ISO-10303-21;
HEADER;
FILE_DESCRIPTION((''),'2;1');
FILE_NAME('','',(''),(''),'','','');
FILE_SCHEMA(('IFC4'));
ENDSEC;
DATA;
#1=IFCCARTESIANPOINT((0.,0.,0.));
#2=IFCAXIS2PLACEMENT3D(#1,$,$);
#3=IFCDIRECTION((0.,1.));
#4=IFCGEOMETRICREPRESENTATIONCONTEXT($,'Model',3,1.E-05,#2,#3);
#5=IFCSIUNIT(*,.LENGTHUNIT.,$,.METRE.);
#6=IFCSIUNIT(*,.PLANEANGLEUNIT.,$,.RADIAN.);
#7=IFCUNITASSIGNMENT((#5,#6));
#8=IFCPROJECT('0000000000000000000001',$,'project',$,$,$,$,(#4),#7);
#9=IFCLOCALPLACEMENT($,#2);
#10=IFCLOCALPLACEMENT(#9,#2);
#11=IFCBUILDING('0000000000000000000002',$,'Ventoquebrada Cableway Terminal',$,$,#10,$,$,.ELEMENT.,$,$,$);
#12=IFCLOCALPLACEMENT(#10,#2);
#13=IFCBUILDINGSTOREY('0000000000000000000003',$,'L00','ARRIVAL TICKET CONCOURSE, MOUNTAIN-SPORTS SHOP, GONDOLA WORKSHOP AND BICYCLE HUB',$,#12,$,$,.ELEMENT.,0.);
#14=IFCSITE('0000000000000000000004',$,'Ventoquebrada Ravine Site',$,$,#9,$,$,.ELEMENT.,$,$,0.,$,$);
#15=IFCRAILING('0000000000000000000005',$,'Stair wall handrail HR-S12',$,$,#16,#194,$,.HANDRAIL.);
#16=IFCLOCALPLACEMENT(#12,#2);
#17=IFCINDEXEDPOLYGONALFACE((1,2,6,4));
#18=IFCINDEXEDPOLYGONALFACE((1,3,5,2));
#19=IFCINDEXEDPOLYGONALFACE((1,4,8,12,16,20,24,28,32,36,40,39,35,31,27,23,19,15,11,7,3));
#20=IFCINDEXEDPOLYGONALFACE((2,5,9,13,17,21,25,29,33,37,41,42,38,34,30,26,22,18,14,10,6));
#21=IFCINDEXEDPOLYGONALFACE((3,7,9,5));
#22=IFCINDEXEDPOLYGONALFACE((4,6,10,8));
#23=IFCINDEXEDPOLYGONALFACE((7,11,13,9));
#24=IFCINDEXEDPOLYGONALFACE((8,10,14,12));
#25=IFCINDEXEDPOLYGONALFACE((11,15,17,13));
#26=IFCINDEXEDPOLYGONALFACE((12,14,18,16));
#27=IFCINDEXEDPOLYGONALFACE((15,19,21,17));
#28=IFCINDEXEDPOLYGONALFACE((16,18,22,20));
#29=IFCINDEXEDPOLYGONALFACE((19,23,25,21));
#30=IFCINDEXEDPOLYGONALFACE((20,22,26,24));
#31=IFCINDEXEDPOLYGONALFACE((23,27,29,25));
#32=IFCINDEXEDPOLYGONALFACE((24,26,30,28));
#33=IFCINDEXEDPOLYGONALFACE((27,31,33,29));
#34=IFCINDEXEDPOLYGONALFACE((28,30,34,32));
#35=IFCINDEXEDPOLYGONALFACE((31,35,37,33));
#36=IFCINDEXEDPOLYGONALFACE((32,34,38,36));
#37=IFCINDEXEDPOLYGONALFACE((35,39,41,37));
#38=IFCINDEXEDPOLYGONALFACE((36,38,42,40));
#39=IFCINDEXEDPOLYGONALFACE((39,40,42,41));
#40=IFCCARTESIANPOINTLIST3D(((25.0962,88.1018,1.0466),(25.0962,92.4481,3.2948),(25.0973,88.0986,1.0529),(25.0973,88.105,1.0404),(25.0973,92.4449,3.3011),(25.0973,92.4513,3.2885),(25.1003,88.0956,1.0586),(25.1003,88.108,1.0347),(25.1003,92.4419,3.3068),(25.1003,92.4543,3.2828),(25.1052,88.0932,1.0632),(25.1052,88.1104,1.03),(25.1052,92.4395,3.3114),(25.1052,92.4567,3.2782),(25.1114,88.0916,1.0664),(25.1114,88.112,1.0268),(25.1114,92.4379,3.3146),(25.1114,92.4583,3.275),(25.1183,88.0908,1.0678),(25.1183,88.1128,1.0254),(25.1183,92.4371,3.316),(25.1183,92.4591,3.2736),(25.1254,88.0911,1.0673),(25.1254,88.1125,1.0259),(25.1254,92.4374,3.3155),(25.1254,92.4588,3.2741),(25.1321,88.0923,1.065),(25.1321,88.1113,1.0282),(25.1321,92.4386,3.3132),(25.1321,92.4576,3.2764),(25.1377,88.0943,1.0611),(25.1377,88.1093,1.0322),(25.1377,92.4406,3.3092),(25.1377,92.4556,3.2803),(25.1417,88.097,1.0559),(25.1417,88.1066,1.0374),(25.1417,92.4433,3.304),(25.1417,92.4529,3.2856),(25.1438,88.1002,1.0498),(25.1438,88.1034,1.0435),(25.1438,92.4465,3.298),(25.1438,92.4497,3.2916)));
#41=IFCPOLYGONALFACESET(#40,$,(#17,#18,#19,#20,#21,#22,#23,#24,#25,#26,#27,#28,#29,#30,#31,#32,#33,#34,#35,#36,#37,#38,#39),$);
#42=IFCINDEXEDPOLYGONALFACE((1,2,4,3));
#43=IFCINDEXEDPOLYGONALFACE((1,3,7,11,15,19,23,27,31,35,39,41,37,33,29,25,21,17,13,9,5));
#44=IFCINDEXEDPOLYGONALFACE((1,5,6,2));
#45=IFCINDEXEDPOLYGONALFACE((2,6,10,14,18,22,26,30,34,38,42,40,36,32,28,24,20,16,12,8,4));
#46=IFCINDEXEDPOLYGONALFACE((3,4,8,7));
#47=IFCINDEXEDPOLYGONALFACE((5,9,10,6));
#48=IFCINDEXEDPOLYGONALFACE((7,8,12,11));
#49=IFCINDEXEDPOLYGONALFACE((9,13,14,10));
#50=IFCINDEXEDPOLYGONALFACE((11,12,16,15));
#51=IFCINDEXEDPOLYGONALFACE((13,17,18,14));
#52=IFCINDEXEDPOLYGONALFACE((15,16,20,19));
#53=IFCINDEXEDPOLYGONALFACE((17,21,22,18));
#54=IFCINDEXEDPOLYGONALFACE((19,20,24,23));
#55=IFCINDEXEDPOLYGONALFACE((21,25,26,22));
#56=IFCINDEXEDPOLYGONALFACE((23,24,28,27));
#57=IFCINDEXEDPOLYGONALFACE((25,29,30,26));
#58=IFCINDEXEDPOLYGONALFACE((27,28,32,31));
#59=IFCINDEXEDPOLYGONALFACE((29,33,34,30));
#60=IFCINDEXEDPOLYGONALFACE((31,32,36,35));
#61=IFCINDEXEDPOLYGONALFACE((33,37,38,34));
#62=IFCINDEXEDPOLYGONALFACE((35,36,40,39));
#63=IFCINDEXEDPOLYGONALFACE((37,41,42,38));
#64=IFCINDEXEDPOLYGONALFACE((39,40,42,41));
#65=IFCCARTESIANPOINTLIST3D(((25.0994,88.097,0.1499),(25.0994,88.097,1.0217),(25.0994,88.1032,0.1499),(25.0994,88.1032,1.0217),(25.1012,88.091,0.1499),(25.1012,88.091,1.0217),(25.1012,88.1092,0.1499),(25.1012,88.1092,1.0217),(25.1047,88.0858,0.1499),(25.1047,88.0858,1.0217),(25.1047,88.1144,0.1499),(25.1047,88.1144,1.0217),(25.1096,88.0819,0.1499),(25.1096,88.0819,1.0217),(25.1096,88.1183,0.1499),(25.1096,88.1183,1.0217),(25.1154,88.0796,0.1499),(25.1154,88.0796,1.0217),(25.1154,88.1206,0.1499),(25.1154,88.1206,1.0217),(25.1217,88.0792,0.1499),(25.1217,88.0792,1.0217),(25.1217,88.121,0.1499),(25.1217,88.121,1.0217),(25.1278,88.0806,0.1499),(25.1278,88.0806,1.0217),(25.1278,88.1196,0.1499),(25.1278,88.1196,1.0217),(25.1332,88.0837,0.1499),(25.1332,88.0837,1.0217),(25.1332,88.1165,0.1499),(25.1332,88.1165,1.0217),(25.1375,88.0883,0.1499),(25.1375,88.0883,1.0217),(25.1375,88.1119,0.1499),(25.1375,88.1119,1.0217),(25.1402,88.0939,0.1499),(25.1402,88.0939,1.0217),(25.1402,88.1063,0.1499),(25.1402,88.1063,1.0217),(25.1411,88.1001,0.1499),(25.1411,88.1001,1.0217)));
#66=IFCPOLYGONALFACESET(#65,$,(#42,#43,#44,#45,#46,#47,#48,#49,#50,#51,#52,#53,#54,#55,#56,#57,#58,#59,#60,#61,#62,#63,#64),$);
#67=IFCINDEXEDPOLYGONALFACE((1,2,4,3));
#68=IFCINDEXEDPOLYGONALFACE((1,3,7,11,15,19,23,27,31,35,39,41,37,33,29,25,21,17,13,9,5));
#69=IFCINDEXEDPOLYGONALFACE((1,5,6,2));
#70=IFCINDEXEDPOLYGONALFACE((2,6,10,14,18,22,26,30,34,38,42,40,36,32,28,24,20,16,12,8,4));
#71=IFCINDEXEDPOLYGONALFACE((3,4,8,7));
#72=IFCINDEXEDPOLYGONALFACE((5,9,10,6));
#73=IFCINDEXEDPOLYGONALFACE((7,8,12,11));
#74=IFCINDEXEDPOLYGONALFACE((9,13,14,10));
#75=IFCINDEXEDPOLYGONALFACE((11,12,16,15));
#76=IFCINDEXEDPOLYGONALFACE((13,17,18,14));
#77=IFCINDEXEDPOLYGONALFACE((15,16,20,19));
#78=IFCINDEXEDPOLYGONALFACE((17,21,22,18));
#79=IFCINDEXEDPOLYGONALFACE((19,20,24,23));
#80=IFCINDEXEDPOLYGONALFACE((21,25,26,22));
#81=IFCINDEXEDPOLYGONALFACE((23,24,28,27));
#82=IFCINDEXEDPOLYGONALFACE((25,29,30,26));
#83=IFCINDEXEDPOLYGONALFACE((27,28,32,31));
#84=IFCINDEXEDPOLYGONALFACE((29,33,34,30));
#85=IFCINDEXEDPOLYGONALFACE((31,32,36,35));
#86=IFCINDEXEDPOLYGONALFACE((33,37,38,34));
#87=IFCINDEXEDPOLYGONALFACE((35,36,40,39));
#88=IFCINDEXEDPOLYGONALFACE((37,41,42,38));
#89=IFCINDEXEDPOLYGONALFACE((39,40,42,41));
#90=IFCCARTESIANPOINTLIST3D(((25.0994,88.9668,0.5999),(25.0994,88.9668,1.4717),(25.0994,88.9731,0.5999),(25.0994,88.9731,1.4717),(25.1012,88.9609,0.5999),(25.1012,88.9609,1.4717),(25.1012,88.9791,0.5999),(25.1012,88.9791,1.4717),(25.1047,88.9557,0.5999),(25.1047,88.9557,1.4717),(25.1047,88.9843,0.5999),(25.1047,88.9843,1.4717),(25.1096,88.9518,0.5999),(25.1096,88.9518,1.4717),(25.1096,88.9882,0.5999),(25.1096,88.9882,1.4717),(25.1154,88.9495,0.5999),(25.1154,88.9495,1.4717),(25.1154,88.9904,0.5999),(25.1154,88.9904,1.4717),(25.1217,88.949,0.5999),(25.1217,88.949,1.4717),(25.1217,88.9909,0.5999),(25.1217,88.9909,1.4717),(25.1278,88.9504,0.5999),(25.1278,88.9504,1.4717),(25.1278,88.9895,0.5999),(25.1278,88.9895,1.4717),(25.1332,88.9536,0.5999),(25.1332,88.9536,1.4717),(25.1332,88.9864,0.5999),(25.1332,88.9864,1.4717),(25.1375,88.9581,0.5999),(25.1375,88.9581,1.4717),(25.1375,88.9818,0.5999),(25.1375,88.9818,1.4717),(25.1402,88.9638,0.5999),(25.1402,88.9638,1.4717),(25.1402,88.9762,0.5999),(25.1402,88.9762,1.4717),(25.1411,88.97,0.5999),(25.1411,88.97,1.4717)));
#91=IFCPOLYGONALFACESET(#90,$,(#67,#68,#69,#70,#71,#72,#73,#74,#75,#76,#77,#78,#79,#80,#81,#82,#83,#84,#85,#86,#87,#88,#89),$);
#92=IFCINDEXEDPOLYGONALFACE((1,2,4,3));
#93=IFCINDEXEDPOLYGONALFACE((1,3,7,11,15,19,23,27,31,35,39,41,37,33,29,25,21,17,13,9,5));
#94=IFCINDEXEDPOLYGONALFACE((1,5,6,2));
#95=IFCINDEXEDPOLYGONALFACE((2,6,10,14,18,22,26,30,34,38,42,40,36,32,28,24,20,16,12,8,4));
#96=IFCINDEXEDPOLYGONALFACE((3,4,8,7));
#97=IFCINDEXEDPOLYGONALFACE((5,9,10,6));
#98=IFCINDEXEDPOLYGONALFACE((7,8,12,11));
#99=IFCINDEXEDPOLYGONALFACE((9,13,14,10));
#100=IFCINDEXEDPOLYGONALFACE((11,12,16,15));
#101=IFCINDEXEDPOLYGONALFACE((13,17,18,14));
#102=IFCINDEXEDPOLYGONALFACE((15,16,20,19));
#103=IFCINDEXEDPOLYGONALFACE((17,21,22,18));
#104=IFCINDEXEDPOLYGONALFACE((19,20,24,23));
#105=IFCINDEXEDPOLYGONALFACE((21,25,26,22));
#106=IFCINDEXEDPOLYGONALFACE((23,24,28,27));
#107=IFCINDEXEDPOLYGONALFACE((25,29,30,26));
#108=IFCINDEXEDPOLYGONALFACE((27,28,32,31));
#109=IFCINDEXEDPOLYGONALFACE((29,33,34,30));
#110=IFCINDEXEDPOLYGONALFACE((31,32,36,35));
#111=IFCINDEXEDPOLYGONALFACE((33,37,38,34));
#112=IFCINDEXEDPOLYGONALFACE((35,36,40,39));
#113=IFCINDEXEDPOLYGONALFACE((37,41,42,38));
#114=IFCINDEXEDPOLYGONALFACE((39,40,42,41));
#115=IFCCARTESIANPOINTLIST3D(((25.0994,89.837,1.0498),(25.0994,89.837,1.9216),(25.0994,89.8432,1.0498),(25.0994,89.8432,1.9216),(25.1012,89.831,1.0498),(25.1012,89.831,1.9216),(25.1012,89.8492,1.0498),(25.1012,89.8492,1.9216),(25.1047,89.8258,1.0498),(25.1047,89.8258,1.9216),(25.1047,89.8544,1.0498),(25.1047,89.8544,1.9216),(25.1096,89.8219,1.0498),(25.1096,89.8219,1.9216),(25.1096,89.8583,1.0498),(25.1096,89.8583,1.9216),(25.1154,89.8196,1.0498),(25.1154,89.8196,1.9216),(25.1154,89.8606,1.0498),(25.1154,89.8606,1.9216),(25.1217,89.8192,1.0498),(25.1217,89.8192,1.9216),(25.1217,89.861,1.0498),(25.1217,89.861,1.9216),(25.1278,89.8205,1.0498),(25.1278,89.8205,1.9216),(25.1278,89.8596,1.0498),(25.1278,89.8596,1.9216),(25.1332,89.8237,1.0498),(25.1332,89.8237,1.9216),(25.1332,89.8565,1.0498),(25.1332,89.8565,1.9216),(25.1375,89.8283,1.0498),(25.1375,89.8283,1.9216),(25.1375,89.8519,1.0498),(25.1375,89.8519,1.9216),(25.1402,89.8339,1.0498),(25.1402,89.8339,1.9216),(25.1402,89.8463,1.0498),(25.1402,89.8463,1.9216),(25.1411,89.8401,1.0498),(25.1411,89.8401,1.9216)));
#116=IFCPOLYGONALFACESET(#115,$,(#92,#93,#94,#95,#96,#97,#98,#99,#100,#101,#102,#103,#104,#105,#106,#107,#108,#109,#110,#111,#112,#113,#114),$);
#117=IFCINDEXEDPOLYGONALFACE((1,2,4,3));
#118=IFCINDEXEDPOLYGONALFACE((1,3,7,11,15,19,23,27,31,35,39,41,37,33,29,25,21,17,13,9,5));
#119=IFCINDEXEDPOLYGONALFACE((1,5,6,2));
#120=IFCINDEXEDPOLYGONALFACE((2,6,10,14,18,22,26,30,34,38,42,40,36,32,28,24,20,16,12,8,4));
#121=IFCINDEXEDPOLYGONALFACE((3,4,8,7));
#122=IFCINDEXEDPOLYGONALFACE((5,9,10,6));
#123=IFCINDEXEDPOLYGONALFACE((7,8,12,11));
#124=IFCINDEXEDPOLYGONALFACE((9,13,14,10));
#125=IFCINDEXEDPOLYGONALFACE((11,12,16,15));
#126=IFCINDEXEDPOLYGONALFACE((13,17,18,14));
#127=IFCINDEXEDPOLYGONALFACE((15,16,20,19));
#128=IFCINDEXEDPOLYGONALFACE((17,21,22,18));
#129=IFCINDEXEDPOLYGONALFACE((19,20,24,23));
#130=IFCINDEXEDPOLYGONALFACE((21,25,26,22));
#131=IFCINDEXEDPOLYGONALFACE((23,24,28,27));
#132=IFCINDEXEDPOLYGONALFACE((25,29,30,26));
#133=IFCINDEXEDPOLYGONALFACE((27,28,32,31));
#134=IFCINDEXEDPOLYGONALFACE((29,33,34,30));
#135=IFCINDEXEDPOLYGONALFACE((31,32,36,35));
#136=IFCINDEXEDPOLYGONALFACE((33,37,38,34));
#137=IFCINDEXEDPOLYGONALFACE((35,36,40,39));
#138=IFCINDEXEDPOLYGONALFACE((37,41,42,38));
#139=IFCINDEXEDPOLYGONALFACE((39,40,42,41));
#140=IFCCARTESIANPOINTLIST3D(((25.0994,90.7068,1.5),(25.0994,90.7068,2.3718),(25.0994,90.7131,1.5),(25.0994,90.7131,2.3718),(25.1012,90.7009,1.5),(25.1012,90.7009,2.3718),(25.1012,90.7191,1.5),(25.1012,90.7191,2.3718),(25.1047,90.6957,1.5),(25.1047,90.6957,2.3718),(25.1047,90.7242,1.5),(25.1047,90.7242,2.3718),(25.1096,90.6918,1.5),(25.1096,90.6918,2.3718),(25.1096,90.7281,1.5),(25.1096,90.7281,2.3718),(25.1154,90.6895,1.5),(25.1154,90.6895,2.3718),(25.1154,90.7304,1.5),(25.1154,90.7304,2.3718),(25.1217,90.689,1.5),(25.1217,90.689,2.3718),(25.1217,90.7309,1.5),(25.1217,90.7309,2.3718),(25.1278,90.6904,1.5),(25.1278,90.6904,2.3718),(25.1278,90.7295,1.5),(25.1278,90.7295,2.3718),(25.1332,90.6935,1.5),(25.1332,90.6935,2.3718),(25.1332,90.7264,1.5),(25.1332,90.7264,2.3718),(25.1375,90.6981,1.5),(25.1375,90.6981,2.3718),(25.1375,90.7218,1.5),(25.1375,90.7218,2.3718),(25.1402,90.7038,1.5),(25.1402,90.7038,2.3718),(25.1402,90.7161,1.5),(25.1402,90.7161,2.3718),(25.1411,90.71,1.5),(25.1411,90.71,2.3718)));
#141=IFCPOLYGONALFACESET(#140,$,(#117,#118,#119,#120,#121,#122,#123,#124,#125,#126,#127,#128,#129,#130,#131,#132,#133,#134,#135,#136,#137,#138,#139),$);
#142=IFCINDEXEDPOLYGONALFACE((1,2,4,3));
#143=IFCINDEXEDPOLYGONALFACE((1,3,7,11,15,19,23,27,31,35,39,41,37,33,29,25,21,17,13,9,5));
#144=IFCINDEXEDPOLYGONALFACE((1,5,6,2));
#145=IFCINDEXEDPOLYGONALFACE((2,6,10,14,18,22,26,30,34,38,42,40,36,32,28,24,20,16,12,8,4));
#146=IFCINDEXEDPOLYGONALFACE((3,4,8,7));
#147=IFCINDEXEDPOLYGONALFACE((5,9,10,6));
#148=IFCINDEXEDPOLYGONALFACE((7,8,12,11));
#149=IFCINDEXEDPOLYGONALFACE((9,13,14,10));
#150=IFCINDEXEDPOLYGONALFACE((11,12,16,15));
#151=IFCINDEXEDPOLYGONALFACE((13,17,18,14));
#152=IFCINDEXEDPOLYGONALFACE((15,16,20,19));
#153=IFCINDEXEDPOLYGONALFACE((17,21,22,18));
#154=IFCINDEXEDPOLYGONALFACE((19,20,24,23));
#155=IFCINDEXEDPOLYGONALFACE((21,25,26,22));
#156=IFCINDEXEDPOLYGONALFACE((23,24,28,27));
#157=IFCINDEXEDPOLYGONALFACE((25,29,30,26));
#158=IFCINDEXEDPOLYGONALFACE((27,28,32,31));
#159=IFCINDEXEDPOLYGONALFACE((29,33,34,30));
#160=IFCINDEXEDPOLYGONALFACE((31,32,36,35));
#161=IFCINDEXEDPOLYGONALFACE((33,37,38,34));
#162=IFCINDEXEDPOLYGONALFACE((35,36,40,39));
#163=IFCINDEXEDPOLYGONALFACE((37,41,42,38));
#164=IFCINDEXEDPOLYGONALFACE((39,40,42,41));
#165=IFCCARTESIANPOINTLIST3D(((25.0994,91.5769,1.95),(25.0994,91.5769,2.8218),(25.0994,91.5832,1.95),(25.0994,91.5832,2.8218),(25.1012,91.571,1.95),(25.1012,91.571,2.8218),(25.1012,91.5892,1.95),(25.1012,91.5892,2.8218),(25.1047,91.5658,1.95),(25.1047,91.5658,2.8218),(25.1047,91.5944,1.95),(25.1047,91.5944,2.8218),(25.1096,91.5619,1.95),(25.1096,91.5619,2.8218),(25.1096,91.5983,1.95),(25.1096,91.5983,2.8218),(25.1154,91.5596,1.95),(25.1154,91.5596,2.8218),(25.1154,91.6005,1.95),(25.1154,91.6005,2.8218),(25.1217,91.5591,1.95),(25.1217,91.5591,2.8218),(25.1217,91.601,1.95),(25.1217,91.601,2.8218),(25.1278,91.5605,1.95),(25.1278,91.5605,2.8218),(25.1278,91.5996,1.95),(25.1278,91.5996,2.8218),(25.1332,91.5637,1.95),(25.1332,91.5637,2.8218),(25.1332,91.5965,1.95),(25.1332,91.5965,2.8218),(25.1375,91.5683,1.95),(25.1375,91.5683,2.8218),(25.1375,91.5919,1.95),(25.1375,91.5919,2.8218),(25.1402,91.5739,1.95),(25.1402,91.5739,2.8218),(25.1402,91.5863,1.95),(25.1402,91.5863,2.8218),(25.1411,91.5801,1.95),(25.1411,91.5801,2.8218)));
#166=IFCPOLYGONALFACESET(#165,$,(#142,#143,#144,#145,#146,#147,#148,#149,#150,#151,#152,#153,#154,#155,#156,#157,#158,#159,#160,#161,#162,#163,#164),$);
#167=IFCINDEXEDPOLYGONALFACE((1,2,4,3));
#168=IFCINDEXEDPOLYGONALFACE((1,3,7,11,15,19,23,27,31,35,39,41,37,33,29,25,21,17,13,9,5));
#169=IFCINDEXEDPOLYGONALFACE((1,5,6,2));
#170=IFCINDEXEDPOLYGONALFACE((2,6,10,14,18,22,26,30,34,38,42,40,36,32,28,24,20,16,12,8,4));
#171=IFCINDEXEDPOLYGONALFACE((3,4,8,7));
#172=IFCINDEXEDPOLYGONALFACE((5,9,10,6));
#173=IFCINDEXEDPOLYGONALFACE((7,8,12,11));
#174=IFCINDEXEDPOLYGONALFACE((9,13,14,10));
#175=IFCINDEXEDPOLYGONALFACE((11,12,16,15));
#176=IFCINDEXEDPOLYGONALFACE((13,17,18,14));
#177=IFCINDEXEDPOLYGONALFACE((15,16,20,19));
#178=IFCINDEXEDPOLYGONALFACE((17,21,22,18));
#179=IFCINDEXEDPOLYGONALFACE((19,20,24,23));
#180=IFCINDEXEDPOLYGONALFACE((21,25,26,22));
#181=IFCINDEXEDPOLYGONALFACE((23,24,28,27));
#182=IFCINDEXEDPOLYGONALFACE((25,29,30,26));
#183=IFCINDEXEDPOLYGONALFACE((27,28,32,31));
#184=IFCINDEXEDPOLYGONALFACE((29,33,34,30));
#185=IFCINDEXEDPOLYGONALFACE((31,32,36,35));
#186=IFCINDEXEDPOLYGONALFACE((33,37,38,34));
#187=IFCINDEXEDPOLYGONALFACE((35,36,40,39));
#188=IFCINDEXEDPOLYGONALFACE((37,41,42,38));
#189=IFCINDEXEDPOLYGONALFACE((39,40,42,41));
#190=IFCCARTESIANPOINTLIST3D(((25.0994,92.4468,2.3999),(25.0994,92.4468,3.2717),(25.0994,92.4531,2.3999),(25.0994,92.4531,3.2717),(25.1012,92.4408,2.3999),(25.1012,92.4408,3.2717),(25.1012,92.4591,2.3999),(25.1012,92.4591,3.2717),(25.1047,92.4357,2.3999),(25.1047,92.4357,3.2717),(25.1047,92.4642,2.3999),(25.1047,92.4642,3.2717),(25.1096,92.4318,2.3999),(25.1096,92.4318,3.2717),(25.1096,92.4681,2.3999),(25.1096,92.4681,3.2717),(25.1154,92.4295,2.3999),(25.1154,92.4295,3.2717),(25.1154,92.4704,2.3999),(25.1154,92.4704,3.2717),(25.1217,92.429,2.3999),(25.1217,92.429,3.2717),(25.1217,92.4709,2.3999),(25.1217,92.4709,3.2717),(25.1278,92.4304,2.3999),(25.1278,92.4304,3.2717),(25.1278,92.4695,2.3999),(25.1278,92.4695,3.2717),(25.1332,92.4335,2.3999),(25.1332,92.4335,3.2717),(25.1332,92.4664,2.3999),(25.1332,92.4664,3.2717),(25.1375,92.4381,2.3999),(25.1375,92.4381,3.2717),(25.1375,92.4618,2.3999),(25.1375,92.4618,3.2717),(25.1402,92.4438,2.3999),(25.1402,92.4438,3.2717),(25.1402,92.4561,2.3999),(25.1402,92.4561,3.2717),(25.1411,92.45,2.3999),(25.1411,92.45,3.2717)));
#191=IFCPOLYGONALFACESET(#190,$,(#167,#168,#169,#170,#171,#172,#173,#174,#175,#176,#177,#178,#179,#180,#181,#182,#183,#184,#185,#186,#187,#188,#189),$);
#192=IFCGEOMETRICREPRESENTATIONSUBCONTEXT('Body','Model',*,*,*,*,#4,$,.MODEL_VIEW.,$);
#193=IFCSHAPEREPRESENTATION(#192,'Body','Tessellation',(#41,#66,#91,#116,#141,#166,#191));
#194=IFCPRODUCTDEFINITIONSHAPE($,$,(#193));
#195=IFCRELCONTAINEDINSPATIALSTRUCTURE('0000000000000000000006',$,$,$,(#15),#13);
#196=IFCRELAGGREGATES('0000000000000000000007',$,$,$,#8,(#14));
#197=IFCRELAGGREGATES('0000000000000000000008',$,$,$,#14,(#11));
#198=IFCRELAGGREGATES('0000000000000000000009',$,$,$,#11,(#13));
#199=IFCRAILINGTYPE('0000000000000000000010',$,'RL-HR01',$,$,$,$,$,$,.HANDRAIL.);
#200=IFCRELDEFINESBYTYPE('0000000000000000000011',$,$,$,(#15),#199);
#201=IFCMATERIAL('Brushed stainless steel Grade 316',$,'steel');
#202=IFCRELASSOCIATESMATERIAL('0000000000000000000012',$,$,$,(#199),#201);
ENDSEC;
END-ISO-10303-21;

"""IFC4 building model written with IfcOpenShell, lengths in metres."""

from ifc_helpers import new_model, si_unit, direction, frame, origin, origin_2d, place, context, subcontext, project, spatial, circle, extrude, material, type_object, element, save


model = new_model("IFC4")

# Units and contexts
model_context = context("Model", 3, precision=1e-05, world=origin(), true_north=direction((0.0, 1.0)))
body_context = subcontext(model_context, "Body", "Model", "MODEL_VIEW")
ifc_project = project(units=[si_unit("LENGTHUNIT", "METRE"), si_unit("PLANEANGLEUNIT", "RADIAN")], contexts=[model_context])

# Site, building, storey
site_placement = place(None, origin())
site = spatial("IfcSite", under=ifc_project, at=site_placement, Name="Ventoquebrada Ravine Site", CompositionType="ELEMENT", RefElevation=0.0)
building_placement = place(site_placement, origin())
building = spatial("IfcBuilding", under=site, at=building_placement, Name="Ventoquebrada Cableway Terminal", CompositionType="ELEMENT")
storey_placement = place(building_placement, origin())
storey = spatial("IfcBuildingStorey", under=building, at=storey_placement, Name="L00", Description="ARRIVAL TICKET CONCOURSE, MOUNTAIN-SPORTS SHOP, GONDOLA WORKSHOP AND BICYCLE HUB", CompositionType="ELEMENT", Elevation=0.0)

# Railing
ifc_material_1 = material(Name="Brushed stainless steel Grade 316", Category="steel")
railing_type_1 = type_object("IfcRailingType", Name="RL-HR01", PredefinedType="HANDRAIL", material=ifc_material_1)
railing_1_placement = place(storey_placement, frame((25.1201, 88.1001, 0.1499)))
element("IfcRailing", 1, at=railing_1_placement, inside=storey, type_object=railing_type_1, Name="Stair wall handrail HR-S12", PredefinedType="HANDRAIL", context=body_context, shape_type="SweptSolid", body=[
    extrude(circle(Radius=0.0239, at=origin_2d()), frame((0.0, 0.0017, 0.8967), z_axis=(0.0, 0.888211, 0.459435), x_axis=(-1.0, 0.0, 0.0)), (0.0, 0.0, 1.0), 4.8933),
    extrude(circle(Radius=0.021, at=origin_2d()), origin(), (0.0, 0.0, 1.0), 0.8718),
    extrude(circle(Radius=0.021, at=origin_2d()), frame((0.0, 0.8699, 0.45)), (0.0, 0.0, 1.0), 0.8718),
    extrude(circle(Radius=0.021, at=origin_2d()), frame((0.0, 1.74, 0.8999)), (0.0, 0.0, 1.0), 0.8718),
    extrude(circle(Radius=0.021, at=origin_2d()), frame((0.0, 2.6099, 1.3501)), (0.0, 0.0, 1.0), 0.8718),
    extrude(circle(Radius=0.021, at=origin_2d()), frame((0.0, 3.48, 1.8)), (0.0, 0.0, 1.0), 0.8718),
    extrude(circle(Radius=0.021, at=origin_2d()), frame((0.0, 4.3499, 2.25)), (0.0, 0.0, 1.0), 0.8718),
])

save(model, "model.ifc")
